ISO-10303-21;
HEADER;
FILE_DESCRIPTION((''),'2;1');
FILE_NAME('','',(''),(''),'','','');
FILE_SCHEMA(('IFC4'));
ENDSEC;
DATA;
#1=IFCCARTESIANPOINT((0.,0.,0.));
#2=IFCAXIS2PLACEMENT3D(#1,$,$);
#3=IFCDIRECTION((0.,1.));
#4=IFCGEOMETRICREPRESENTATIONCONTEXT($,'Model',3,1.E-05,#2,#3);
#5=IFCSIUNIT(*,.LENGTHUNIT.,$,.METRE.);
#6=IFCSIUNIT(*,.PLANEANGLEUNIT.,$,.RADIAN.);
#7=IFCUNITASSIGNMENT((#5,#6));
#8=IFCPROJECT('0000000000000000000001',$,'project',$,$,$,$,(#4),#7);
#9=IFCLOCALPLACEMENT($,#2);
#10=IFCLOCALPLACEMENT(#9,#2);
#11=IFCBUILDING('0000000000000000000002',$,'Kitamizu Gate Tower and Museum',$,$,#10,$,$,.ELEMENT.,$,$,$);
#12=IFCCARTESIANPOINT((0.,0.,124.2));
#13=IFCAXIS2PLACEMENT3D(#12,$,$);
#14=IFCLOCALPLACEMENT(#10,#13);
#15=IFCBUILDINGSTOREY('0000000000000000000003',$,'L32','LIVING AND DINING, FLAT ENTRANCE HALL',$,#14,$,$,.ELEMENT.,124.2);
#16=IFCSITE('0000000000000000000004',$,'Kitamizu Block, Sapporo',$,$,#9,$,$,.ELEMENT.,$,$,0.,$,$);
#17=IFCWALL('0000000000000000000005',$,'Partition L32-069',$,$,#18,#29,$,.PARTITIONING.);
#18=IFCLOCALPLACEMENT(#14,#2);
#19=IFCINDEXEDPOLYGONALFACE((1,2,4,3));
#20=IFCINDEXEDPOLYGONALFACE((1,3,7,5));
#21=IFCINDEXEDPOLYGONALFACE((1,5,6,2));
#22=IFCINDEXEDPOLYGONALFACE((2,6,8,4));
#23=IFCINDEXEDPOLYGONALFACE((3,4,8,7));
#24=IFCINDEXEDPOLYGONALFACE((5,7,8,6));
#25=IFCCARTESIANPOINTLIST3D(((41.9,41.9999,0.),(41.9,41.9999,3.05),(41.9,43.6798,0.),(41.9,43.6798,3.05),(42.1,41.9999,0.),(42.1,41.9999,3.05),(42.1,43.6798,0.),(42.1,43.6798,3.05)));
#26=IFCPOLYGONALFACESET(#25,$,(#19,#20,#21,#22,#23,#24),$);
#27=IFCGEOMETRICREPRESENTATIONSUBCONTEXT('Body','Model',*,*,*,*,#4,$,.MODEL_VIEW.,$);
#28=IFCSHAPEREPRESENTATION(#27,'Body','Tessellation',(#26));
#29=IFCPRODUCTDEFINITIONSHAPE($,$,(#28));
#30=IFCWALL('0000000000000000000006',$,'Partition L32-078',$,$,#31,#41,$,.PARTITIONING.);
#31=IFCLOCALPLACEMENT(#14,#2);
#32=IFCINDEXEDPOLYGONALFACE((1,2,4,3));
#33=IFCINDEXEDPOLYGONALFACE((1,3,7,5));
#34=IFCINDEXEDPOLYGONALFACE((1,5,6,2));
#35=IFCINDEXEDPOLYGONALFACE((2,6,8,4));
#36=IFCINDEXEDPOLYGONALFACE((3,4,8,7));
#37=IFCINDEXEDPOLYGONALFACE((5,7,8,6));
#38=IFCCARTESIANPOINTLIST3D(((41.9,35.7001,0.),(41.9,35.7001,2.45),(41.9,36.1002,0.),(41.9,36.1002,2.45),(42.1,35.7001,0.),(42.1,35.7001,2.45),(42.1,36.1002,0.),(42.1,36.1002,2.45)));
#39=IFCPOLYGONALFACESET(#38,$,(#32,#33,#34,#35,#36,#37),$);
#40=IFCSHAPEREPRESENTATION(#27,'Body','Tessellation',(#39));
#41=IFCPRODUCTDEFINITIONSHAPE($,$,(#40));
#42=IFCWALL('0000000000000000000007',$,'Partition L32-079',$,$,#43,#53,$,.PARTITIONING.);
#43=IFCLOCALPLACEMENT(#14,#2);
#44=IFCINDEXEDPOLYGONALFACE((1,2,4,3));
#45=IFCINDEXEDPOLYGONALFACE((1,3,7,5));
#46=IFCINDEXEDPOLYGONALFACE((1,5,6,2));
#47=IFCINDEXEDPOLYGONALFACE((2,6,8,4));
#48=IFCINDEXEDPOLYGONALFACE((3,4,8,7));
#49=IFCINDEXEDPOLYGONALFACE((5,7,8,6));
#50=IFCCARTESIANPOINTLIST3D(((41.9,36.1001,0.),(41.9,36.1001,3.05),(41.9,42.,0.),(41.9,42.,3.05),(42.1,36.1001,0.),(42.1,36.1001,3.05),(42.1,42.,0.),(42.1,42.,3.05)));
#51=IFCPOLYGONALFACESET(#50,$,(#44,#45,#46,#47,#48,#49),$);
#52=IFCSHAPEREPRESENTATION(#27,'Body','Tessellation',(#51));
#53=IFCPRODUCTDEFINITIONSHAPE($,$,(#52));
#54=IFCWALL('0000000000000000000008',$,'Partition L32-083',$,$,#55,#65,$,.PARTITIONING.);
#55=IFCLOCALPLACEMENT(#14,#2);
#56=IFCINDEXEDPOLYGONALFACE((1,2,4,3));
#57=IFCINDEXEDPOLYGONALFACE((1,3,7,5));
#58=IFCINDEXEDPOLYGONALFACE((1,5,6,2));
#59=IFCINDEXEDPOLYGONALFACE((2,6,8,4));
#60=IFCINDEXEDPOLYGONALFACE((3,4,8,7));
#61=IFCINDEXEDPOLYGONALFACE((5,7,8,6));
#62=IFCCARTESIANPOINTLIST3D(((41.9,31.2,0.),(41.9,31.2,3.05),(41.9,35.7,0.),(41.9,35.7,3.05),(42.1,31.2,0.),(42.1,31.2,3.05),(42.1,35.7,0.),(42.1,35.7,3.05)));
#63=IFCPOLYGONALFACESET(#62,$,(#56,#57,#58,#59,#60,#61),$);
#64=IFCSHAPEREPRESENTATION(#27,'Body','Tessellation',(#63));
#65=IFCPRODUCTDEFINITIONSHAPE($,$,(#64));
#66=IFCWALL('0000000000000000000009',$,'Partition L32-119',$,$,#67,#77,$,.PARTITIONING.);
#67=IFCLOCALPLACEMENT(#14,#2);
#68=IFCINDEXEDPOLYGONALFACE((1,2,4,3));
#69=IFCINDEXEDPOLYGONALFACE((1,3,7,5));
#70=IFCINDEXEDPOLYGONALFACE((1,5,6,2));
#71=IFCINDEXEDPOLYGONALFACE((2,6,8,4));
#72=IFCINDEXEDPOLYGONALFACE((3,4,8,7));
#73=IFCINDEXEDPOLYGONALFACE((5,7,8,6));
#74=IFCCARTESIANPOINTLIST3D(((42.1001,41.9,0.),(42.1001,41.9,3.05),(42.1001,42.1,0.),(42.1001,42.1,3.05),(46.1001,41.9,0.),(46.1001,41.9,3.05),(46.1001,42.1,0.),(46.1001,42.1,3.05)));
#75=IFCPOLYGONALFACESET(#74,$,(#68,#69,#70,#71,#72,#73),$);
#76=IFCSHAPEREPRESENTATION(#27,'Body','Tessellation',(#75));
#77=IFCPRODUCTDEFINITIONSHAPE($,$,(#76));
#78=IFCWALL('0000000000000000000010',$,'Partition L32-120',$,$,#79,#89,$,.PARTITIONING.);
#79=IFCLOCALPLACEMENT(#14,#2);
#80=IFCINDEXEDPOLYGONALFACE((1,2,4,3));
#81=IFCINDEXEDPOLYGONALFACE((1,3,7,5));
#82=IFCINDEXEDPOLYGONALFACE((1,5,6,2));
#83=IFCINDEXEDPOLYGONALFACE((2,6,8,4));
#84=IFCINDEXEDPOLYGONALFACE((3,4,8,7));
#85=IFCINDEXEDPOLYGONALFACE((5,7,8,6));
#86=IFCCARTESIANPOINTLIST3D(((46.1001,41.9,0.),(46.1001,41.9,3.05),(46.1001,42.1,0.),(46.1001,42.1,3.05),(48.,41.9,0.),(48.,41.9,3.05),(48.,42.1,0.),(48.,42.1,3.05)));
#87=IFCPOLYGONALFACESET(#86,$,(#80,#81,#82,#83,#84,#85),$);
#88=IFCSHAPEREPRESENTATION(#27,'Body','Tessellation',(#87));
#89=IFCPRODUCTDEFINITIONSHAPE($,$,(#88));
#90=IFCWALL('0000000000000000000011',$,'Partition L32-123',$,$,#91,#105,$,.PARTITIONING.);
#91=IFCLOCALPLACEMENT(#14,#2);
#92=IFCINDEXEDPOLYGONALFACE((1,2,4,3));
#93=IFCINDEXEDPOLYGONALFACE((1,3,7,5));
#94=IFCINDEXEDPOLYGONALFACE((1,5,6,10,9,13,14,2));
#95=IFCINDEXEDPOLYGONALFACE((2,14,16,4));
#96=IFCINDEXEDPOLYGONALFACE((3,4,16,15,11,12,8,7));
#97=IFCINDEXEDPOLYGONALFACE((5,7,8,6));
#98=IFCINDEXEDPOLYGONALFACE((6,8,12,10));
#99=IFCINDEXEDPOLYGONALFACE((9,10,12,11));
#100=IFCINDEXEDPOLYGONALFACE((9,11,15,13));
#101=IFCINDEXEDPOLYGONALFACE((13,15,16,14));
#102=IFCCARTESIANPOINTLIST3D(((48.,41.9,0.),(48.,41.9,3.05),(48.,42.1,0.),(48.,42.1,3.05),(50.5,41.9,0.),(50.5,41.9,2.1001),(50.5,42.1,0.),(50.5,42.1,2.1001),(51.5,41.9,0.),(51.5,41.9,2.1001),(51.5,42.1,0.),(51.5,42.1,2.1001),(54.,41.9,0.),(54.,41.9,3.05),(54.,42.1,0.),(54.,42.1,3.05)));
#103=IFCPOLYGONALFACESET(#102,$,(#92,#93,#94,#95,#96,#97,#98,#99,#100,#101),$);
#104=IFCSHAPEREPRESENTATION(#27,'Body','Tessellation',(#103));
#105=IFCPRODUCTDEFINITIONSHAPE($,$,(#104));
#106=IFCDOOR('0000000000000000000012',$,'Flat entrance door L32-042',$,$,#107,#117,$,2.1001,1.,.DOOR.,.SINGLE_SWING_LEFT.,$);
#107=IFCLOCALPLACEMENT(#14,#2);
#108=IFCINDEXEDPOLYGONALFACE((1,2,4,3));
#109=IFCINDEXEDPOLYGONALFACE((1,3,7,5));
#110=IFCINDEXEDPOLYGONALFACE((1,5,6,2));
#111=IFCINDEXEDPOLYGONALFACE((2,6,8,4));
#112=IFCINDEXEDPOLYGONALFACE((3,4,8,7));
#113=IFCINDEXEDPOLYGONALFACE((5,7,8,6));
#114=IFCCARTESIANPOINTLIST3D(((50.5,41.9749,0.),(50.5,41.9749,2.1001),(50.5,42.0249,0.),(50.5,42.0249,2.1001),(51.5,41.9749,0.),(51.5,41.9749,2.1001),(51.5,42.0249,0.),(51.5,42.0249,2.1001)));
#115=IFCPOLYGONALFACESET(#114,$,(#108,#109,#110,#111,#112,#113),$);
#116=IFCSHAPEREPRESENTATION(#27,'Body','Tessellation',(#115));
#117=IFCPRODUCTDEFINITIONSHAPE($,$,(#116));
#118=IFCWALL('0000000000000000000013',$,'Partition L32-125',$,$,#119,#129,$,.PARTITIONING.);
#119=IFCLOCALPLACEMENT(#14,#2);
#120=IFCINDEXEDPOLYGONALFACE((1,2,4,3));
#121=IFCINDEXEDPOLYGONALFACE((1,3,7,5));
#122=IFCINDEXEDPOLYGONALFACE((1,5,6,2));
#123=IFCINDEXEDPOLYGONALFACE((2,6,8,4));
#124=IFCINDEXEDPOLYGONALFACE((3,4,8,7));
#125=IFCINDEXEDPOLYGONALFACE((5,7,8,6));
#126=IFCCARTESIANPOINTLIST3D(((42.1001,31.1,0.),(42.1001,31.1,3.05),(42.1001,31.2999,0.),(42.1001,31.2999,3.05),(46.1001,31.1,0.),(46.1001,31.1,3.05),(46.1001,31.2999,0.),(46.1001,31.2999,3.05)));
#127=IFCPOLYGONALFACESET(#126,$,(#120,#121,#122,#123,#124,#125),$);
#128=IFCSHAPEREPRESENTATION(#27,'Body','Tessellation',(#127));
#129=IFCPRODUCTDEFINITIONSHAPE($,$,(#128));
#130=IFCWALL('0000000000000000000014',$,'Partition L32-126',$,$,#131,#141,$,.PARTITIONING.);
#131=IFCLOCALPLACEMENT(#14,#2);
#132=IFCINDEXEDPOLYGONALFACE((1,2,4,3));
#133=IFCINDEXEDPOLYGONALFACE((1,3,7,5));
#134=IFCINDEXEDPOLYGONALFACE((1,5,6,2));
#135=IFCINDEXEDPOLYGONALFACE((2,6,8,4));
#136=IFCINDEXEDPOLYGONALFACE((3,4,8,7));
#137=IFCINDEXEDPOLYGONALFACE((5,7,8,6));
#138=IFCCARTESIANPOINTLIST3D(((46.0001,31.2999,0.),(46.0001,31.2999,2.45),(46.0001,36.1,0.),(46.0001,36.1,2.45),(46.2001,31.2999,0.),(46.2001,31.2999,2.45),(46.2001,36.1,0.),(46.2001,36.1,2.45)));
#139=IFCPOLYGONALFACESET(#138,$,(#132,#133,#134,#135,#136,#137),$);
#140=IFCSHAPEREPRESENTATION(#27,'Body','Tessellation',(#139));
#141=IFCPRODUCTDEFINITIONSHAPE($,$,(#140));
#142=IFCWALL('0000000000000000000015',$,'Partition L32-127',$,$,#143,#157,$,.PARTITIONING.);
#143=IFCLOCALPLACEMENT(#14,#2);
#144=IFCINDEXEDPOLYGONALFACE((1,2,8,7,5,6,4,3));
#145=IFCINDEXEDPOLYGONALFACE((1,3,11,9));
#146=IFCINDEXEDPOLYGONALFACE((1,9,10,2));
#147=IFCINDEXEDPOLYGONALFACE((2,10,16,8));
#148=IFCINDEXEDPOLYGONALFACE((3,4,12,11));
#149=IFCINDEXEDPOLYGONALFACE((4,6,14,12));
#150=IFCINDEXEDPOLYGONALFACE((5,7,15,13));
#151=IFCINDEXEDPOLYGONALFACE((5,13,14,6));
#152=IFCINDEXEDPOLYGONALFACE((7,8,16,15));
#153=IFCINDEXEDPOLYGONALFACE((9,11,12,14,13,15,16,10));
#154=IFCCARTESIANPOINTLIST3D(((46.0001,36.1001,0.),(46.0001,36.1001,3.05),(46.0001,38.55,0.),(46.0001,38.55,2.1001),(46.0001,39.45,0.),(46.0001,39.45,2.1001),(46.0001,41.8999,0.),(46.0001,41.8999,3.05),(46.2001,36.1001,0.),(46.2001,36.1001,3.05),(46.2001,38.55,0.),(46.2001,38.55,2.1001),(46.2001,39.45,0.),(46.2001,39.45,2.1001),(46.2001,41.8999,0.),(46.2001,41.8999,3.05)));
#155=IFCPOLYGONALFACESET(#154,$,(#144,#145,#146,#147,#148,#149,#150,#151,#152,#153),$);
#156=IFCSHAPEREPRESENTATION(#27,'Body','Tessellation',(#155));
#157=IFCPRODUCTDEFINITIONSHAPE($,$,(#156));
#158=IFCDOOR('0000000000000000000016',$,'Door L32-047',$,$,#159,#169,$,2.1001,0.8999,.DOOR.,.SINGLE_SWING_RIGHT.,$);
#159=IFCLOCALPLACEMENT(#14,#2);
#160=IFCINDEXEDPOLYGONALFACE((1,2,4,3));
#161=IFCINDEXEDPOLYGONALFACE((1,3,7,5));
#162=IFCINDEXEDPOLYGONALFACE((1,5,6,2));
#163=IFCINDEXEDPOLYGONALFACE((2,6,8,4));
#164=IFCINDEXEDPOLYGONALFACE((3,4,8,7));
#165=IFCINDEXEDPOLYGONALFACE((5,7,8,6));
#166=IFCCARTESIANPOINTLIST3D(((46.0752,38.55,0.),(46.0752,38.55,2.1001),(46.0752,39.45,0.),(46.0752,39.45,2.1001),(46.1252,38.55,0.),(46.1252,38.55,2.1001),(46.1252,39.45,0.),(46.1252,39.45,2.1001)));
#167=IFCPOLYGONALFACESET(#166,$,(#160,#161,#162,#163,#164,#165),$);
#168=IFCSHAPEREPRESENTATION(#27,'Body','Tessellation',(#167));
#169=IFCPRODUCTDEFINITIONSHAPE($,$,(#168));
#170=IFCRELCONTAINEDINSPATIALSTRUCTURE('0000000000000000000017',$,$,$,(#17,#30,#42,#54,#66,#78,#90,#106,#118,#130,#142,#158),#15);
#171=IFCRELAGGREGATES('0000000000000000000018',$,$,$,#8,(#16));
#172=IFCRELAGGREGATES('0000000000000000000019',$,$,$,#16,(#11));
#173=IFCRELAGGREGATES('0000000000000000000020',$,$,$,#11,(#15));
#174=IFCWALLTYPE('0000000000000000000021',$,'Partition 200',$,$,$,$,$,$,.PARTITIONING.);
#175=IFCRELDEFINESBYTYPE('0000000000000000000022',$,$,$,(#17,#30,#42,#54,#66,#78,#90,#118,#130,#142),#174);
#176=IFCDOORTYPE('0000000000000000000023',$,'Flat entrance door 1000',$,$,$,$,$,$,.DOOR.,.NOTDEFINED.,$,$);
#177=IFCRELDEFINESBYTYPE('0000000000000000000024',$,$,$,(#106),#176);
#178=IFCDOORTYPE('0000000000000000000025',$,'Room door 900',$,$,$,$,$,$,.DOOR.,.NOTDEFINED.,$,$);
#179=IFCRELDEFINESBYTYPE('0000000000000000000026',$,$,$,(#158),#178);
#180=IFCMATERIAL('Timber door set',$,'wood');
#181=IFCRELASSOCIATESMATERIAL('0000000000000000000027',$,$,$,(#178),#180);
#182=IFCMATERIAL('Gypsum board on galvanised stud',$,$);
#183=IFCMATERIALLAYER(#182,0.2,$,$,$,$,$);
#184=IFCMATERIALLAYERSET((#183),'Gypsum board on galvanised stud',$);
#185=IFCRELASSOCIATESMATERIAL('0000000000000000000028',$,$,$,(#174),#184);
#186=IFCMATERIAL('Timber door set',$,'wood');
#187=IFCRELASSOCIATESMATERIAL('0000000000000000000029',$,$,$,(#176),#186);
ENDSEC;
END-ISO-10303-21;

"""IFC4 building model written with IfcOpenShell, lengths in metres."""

from ifc_helpers import new_model, si_unit, direction, frame, frame_2d, origin, place, context, subcontext, project, spatial, rectangle, extrude, material, layer, layer_set, type_object, element, fill, save


model = new_model("IFC4")

# Units and contexts
model_context = context("Model", 3, precision=1e-05, world=origin(), true_north=direction((0.0, 1.0)))
body_context = subcontext(model_context, "Body", "Model", "MODEL_VIEW")
ifc_project = project(units=[si_unit("LENGTHUNIT", "METRE"), si_unit("PLANEANGLEUNIT", "RADIAN")], contexts=[model_context])

# Site, building, storey
site_placement = place(None, origin())
site = spatial("IfcSite", under=ifc_project, at=site_placement, Name="Kitamizu Block, Sapporo", CompositionType="ELEMENT", RefElevation=0.0)
building_placement = place(site_placement, origin())
building = spatial("IfcBuilding", under=site, at=building_placement, Name="Kitamizu Gate Tower and Museum", CompositionType="ELEMENT")
storey_placement = place(building_placement, frame((0.0, 0.0, 124.2)))
storey = spatial("IfcBuildingStorey", under=building, at=storey_placement, Name="L32", Description="LIVING AND DINING, FLAT ENTRANCE HALL", CompositionType="ELEMENT", Elevation=124.2)

# Shared definitions
ifc_material_1 = material(Name="Timber door set", Category="wood")
door_type_1 = type_object("IfcDoorType", Name="Room door 900", OperationType="NOTDEFINED", PredefinedType="DOOR", material=ifc_material_1)

# Walls
ifc_material_2 = material(Name="Gypsum board on galvanised stud")
ifc_layer_1 = layer(ifc_material_2, 0.2)
ifc_layer_set_1 = layer_set([ifc_layer_1], Name="Gypsum board on galvanised stud")
wall_type_1 = type_object("IfcWallType", Name="Partition 200", PredefinedType="PARTITIONING", material=ifc_layer_set_1)
wall_1_placement = place(storey_placement, frame((42.0, 42.0, 0.0), z_axis=(0.0, 0.0, 1.0), x_axis=(0.0, 1.0, 0.0)))
element("IfcWall", 1, at=wall_1_placement, inside=storey, type_object=wall_type_1, Name="Partition L32-069", PredefinedType="PARTITIONING", context=body_context, shape_type="SweptSolid", body=[
    extrude(rectangle(XDim=1.6799, YDim=0.2, at=frame_2d((0.8398, 0.0))), origin(), (0.0, 0.0, 1.0), 3.05),
])
wall_2_placement = place(storey_placement, frame((42.0, 35.7, 0.0), z_axis=(0.0, 0.0, 1.0), x_axis=(0.0, 1.0, 0.0)))
element("IfcWall", 2, at=wall_2_placement, inside=storey, type_object=wall_type_1, Name="Partition L32-078", PredefinedType="PARTITIONING", context=body_context, shape_type="SweptSolid", body=[
    extrude(rectangle(XDim=0.4001, YDim=0.2, at=frame_2d((0.2002, 0.0))), origin(), (0.0, 0.0, 1.0), 2.45),
])
wall_3_placement = place(storey_placement, frame((42.0, 36.1001, 0.0), z_axis=(0.0, 0.0, 1.0), x_axis=(0.0, 1.0, 0.0)))
element("IfcWall", 3, at=wall_3_placement, inside=storey, type_object=wall_type_1, Name="Partition L32-079", PredefinedType="PARTITIONING", context=body_context, shape_type="SweptSolid", body=[
    extrude(rectangle(XDim=5.8999, YDim=0.2, at=frame_2d((2.95, 0.0))), origin(), (0.0, 0.0, 1.0), 3.05),
])
wall_4_placement = place(storey_placement, frame((42.0, 31.2, 0.0), z_axis=(0.0, 0.0, 1.0), x_axis=(0.0, 1.0, 0.0)))
element("IfcWall", 4, at=wall_4_placement, inside=storey, type_object=wall_type_1, Name="Partition L32-083", PredefinedType="PARTITIONING", context=body_context, shape_type="SweptSolid", body=[
    extrude(rectangle(XDim=4.5, YDim=0.2, at=frame_2d((2.25, 0.0))), origin(), (0.0, 0.0, 1.0), 3.05),
])
wall_5_placement = place(storey_placement, frame((42.1001, 42.0, 0.0), z_axis=(0.0, 0.0, 1.0), x_axis=(1.0, 0.0, 0.0)))
element("IfcWall", 5, at=wall_5_placement, inside=storey, type_object=wall_type_1, Name="Partition L32-119", PredefinedType="PARTITIONING", context=body_context, shape_type="SweptSolid", body=[
    extrude(rectangle(XDim=4.0, YDim=0.2, at=frame_2d((2.0, 0.0))), origin(), (0.0, 0.0, 1.0), 3.05),
])
wall_6_placement = place(storey_placement, frame((46.1001, 42.0, 0.0), z_axis=(0.0, 0.0, 1.0), x_axis=(1.0, 0.0, 0.0)))
element("IfcWall", 6, at=wall_6_placement, inside=storey, type_object=wall_type_1, Name="Partition L32-120", PredefinedType="PARTITIONING", context=body_context, shape_type="SweptSolid", body=[
    extrude(rectangle(XDim=1.8999, YDim=0.2, at=frame_2d((0.95, 0.0))), origin(), (0.0, 0.0, 1.0), 3.05),
])

# Wall, opening, door
wall_7_placement = place(storey_placement, frame((48.0, 42.0, 0.0), z_axis=(0.0, 0.0, 1.0), x_axis=(1.0, 0.0, 0.0)))
wall_7 = element("IfcWall", 7, at=wall_7_placement, inside=storey, type_object=wall_type_1, Name="Partition L32-123", PredefinedType="PARTITIONING", context=body_context, shape_type="SweptSolid", body=[
    extrude(rectangle(XDim=6.0, YDim=0.2, at=frame_2d((3.0, 0.0))), origin(), (0.0, 0.0, 1.0), 3.05),
])
opening_1_placement = place(wall_7_placement, frame((2.5, 0.0, 0.0)))
opening_1 = element("IfcOpeningElement", 8, at=opening_1_placement, cuts=wall_7, PredefinedType="OPENING", context=body_context, shape_type="SweptSolid", body=[
    extrude(rectangle(XDim=1.0, YDim=2.1001, at=frame_2d((0.5, 1.05))), frame((0.0, 0.1099, 0.0), z_axis=(0.0, -1.0, 0.0), x_axis=(1.0, 0.0, 0.0)), (0.0, 0.0, 1.0), 0.22),
])
ifc_material_3 = material(Name="Timber door set", Category="wood")
door_type_2 = type_object("IfcDoorType", Name="Flat entrance door 1000", OperationType="NOTDEFINED", PredefinedType="DOOR", material=ifc_material_3)
door_1_placement = place(opening_1_placement, origin())
door_1 = element("IfcDoor", 9, at=door_1_placement, inside=storey, type_object=door_type_2, Name="Flat entrance door L32-042", OperationType="SINGLE_SWING_LEFT", OverallHeight=2.1001, OverallWidth=1.0, PredefinedType="DOOR", context=body_context, shape_type="SweptSolid", body=[
    extrude(rectangle(XDim=1.0, YDim=2.1001, at=frame_2d((0.5, 1.05))), frame((0.0, 0.0249, 0.0), z_axis=(0.0, -1.0, 0.0), x_axis=(1.0, 0.0, 0.0)), (0.0, 0.0, 1.0), 0.05),
])
fill(opening_1, door_1)

# Walls
wall_8_placement = place(storey_placement, frame((42.1001, 31.2, 0.0), z_axis=(0.0, 0.0, 1.0), x_axis=(1.0, 0.0, 0.0)))
element("IfcWall", 10, at=wall_8_placement, inside=storey, type_object=wall_type_1, Name="Partition L32-125", PredefinedType="PARTITIONING", context=body_context, shape_type="SweptSolid", body=[
    extrude(rectangle(XDim=4.0, YDim=0.2, at=frame_2d((2.0, 0.0))), origin(), (0.0, 0.0, 1.0), 3.05),
])
wall_9_placement = place(storey_placement, frame((46.1001, 31.3, 0.0), z_axis=(0.0, 0.0, 1.0), x_axis=(0.0, 1.0, 0.0)))
element("IfcWall", 11, at=wall_9_placement, inside=storey, type_object=wall_type_1, Name="Partition L32-126", PredefinedType="PARTITIONING", context=body_context, shape_type="SweptSolid", body=[
    extrude(rectangle(XDim=4.8, YDim=0.2, at=frame_2d((2.3999, 0.0))), origin(), (0.0, 0.0, 1.0), 2.45),
])

# Wall, opening, door
wall_10_placement = place(storey_placement, frame((46.1001, 36.1001, 0.0), z_axis=(0.0, 0.0, 1.0), x_axis=(0.0, 1.0, 0.0)))
wall_10 = element("IfcWall", 12, at=wall_10_placement, inside=storey, type_object=wall_type_1, Name="Partition L32-127", PredefinedType="PARTITIONING", context=body_context, shape_type="SweptSolid", body=[
    extrude(rectangle(XDim=5.7998, YDim=0.2, at=frame_2d((2.8999, 0.0))), origin(), (0.0, 0.0, 1.0), 3.05),
])
opening_2_placement = place(wall_10_placement, frame((2.45, 0.0, 0.0)))
opening_2 = element("IfcOpeningElement", 13, at=opening_2_placement, cuts=wall_10, PredefinedType="OPENING", context=body_context, shape_type="SweptSolid", body=[
    extrude(rectangle(XDim=0.8999, YDim=2.1001, at=frame_2d((0.45, 1.05))), frame((0.0, 0.1099, 0.0), z_axis=(0.0, -1.0, 0.0), x_axis=(1.0, 0.0, 0.0)), (0.0, 0.0, 1.0), 0.22),
])
door_2_placement = place(opening_2_placement, origin())
door_2 = element("IfcDoor", 14, at=door_2_placement, inside=storey, type_object=door_type_1, Name="Door L32-047", OperationType="SINGLE_SWING_RIGHT", OverallHeight=2.1001, OverallWidth=0.8999, PredefinedType="DOOR", context=body_context, shape_type="SweptSolid", body=[
    extrude(rectangle(XDim=0.8999, YDim=2.1001, at=frame_2d((0.45, 1.05))), frame((0.0, 0.0249, 0.0), z_axis=(0.0, -1.0, 0.0), x_axis=(1.0, 0.0, 0.0)), (0.0, 0.0, 1.0), 0.05),
])
fill(opening_2, door_2)

save(model, "model.ifc")
